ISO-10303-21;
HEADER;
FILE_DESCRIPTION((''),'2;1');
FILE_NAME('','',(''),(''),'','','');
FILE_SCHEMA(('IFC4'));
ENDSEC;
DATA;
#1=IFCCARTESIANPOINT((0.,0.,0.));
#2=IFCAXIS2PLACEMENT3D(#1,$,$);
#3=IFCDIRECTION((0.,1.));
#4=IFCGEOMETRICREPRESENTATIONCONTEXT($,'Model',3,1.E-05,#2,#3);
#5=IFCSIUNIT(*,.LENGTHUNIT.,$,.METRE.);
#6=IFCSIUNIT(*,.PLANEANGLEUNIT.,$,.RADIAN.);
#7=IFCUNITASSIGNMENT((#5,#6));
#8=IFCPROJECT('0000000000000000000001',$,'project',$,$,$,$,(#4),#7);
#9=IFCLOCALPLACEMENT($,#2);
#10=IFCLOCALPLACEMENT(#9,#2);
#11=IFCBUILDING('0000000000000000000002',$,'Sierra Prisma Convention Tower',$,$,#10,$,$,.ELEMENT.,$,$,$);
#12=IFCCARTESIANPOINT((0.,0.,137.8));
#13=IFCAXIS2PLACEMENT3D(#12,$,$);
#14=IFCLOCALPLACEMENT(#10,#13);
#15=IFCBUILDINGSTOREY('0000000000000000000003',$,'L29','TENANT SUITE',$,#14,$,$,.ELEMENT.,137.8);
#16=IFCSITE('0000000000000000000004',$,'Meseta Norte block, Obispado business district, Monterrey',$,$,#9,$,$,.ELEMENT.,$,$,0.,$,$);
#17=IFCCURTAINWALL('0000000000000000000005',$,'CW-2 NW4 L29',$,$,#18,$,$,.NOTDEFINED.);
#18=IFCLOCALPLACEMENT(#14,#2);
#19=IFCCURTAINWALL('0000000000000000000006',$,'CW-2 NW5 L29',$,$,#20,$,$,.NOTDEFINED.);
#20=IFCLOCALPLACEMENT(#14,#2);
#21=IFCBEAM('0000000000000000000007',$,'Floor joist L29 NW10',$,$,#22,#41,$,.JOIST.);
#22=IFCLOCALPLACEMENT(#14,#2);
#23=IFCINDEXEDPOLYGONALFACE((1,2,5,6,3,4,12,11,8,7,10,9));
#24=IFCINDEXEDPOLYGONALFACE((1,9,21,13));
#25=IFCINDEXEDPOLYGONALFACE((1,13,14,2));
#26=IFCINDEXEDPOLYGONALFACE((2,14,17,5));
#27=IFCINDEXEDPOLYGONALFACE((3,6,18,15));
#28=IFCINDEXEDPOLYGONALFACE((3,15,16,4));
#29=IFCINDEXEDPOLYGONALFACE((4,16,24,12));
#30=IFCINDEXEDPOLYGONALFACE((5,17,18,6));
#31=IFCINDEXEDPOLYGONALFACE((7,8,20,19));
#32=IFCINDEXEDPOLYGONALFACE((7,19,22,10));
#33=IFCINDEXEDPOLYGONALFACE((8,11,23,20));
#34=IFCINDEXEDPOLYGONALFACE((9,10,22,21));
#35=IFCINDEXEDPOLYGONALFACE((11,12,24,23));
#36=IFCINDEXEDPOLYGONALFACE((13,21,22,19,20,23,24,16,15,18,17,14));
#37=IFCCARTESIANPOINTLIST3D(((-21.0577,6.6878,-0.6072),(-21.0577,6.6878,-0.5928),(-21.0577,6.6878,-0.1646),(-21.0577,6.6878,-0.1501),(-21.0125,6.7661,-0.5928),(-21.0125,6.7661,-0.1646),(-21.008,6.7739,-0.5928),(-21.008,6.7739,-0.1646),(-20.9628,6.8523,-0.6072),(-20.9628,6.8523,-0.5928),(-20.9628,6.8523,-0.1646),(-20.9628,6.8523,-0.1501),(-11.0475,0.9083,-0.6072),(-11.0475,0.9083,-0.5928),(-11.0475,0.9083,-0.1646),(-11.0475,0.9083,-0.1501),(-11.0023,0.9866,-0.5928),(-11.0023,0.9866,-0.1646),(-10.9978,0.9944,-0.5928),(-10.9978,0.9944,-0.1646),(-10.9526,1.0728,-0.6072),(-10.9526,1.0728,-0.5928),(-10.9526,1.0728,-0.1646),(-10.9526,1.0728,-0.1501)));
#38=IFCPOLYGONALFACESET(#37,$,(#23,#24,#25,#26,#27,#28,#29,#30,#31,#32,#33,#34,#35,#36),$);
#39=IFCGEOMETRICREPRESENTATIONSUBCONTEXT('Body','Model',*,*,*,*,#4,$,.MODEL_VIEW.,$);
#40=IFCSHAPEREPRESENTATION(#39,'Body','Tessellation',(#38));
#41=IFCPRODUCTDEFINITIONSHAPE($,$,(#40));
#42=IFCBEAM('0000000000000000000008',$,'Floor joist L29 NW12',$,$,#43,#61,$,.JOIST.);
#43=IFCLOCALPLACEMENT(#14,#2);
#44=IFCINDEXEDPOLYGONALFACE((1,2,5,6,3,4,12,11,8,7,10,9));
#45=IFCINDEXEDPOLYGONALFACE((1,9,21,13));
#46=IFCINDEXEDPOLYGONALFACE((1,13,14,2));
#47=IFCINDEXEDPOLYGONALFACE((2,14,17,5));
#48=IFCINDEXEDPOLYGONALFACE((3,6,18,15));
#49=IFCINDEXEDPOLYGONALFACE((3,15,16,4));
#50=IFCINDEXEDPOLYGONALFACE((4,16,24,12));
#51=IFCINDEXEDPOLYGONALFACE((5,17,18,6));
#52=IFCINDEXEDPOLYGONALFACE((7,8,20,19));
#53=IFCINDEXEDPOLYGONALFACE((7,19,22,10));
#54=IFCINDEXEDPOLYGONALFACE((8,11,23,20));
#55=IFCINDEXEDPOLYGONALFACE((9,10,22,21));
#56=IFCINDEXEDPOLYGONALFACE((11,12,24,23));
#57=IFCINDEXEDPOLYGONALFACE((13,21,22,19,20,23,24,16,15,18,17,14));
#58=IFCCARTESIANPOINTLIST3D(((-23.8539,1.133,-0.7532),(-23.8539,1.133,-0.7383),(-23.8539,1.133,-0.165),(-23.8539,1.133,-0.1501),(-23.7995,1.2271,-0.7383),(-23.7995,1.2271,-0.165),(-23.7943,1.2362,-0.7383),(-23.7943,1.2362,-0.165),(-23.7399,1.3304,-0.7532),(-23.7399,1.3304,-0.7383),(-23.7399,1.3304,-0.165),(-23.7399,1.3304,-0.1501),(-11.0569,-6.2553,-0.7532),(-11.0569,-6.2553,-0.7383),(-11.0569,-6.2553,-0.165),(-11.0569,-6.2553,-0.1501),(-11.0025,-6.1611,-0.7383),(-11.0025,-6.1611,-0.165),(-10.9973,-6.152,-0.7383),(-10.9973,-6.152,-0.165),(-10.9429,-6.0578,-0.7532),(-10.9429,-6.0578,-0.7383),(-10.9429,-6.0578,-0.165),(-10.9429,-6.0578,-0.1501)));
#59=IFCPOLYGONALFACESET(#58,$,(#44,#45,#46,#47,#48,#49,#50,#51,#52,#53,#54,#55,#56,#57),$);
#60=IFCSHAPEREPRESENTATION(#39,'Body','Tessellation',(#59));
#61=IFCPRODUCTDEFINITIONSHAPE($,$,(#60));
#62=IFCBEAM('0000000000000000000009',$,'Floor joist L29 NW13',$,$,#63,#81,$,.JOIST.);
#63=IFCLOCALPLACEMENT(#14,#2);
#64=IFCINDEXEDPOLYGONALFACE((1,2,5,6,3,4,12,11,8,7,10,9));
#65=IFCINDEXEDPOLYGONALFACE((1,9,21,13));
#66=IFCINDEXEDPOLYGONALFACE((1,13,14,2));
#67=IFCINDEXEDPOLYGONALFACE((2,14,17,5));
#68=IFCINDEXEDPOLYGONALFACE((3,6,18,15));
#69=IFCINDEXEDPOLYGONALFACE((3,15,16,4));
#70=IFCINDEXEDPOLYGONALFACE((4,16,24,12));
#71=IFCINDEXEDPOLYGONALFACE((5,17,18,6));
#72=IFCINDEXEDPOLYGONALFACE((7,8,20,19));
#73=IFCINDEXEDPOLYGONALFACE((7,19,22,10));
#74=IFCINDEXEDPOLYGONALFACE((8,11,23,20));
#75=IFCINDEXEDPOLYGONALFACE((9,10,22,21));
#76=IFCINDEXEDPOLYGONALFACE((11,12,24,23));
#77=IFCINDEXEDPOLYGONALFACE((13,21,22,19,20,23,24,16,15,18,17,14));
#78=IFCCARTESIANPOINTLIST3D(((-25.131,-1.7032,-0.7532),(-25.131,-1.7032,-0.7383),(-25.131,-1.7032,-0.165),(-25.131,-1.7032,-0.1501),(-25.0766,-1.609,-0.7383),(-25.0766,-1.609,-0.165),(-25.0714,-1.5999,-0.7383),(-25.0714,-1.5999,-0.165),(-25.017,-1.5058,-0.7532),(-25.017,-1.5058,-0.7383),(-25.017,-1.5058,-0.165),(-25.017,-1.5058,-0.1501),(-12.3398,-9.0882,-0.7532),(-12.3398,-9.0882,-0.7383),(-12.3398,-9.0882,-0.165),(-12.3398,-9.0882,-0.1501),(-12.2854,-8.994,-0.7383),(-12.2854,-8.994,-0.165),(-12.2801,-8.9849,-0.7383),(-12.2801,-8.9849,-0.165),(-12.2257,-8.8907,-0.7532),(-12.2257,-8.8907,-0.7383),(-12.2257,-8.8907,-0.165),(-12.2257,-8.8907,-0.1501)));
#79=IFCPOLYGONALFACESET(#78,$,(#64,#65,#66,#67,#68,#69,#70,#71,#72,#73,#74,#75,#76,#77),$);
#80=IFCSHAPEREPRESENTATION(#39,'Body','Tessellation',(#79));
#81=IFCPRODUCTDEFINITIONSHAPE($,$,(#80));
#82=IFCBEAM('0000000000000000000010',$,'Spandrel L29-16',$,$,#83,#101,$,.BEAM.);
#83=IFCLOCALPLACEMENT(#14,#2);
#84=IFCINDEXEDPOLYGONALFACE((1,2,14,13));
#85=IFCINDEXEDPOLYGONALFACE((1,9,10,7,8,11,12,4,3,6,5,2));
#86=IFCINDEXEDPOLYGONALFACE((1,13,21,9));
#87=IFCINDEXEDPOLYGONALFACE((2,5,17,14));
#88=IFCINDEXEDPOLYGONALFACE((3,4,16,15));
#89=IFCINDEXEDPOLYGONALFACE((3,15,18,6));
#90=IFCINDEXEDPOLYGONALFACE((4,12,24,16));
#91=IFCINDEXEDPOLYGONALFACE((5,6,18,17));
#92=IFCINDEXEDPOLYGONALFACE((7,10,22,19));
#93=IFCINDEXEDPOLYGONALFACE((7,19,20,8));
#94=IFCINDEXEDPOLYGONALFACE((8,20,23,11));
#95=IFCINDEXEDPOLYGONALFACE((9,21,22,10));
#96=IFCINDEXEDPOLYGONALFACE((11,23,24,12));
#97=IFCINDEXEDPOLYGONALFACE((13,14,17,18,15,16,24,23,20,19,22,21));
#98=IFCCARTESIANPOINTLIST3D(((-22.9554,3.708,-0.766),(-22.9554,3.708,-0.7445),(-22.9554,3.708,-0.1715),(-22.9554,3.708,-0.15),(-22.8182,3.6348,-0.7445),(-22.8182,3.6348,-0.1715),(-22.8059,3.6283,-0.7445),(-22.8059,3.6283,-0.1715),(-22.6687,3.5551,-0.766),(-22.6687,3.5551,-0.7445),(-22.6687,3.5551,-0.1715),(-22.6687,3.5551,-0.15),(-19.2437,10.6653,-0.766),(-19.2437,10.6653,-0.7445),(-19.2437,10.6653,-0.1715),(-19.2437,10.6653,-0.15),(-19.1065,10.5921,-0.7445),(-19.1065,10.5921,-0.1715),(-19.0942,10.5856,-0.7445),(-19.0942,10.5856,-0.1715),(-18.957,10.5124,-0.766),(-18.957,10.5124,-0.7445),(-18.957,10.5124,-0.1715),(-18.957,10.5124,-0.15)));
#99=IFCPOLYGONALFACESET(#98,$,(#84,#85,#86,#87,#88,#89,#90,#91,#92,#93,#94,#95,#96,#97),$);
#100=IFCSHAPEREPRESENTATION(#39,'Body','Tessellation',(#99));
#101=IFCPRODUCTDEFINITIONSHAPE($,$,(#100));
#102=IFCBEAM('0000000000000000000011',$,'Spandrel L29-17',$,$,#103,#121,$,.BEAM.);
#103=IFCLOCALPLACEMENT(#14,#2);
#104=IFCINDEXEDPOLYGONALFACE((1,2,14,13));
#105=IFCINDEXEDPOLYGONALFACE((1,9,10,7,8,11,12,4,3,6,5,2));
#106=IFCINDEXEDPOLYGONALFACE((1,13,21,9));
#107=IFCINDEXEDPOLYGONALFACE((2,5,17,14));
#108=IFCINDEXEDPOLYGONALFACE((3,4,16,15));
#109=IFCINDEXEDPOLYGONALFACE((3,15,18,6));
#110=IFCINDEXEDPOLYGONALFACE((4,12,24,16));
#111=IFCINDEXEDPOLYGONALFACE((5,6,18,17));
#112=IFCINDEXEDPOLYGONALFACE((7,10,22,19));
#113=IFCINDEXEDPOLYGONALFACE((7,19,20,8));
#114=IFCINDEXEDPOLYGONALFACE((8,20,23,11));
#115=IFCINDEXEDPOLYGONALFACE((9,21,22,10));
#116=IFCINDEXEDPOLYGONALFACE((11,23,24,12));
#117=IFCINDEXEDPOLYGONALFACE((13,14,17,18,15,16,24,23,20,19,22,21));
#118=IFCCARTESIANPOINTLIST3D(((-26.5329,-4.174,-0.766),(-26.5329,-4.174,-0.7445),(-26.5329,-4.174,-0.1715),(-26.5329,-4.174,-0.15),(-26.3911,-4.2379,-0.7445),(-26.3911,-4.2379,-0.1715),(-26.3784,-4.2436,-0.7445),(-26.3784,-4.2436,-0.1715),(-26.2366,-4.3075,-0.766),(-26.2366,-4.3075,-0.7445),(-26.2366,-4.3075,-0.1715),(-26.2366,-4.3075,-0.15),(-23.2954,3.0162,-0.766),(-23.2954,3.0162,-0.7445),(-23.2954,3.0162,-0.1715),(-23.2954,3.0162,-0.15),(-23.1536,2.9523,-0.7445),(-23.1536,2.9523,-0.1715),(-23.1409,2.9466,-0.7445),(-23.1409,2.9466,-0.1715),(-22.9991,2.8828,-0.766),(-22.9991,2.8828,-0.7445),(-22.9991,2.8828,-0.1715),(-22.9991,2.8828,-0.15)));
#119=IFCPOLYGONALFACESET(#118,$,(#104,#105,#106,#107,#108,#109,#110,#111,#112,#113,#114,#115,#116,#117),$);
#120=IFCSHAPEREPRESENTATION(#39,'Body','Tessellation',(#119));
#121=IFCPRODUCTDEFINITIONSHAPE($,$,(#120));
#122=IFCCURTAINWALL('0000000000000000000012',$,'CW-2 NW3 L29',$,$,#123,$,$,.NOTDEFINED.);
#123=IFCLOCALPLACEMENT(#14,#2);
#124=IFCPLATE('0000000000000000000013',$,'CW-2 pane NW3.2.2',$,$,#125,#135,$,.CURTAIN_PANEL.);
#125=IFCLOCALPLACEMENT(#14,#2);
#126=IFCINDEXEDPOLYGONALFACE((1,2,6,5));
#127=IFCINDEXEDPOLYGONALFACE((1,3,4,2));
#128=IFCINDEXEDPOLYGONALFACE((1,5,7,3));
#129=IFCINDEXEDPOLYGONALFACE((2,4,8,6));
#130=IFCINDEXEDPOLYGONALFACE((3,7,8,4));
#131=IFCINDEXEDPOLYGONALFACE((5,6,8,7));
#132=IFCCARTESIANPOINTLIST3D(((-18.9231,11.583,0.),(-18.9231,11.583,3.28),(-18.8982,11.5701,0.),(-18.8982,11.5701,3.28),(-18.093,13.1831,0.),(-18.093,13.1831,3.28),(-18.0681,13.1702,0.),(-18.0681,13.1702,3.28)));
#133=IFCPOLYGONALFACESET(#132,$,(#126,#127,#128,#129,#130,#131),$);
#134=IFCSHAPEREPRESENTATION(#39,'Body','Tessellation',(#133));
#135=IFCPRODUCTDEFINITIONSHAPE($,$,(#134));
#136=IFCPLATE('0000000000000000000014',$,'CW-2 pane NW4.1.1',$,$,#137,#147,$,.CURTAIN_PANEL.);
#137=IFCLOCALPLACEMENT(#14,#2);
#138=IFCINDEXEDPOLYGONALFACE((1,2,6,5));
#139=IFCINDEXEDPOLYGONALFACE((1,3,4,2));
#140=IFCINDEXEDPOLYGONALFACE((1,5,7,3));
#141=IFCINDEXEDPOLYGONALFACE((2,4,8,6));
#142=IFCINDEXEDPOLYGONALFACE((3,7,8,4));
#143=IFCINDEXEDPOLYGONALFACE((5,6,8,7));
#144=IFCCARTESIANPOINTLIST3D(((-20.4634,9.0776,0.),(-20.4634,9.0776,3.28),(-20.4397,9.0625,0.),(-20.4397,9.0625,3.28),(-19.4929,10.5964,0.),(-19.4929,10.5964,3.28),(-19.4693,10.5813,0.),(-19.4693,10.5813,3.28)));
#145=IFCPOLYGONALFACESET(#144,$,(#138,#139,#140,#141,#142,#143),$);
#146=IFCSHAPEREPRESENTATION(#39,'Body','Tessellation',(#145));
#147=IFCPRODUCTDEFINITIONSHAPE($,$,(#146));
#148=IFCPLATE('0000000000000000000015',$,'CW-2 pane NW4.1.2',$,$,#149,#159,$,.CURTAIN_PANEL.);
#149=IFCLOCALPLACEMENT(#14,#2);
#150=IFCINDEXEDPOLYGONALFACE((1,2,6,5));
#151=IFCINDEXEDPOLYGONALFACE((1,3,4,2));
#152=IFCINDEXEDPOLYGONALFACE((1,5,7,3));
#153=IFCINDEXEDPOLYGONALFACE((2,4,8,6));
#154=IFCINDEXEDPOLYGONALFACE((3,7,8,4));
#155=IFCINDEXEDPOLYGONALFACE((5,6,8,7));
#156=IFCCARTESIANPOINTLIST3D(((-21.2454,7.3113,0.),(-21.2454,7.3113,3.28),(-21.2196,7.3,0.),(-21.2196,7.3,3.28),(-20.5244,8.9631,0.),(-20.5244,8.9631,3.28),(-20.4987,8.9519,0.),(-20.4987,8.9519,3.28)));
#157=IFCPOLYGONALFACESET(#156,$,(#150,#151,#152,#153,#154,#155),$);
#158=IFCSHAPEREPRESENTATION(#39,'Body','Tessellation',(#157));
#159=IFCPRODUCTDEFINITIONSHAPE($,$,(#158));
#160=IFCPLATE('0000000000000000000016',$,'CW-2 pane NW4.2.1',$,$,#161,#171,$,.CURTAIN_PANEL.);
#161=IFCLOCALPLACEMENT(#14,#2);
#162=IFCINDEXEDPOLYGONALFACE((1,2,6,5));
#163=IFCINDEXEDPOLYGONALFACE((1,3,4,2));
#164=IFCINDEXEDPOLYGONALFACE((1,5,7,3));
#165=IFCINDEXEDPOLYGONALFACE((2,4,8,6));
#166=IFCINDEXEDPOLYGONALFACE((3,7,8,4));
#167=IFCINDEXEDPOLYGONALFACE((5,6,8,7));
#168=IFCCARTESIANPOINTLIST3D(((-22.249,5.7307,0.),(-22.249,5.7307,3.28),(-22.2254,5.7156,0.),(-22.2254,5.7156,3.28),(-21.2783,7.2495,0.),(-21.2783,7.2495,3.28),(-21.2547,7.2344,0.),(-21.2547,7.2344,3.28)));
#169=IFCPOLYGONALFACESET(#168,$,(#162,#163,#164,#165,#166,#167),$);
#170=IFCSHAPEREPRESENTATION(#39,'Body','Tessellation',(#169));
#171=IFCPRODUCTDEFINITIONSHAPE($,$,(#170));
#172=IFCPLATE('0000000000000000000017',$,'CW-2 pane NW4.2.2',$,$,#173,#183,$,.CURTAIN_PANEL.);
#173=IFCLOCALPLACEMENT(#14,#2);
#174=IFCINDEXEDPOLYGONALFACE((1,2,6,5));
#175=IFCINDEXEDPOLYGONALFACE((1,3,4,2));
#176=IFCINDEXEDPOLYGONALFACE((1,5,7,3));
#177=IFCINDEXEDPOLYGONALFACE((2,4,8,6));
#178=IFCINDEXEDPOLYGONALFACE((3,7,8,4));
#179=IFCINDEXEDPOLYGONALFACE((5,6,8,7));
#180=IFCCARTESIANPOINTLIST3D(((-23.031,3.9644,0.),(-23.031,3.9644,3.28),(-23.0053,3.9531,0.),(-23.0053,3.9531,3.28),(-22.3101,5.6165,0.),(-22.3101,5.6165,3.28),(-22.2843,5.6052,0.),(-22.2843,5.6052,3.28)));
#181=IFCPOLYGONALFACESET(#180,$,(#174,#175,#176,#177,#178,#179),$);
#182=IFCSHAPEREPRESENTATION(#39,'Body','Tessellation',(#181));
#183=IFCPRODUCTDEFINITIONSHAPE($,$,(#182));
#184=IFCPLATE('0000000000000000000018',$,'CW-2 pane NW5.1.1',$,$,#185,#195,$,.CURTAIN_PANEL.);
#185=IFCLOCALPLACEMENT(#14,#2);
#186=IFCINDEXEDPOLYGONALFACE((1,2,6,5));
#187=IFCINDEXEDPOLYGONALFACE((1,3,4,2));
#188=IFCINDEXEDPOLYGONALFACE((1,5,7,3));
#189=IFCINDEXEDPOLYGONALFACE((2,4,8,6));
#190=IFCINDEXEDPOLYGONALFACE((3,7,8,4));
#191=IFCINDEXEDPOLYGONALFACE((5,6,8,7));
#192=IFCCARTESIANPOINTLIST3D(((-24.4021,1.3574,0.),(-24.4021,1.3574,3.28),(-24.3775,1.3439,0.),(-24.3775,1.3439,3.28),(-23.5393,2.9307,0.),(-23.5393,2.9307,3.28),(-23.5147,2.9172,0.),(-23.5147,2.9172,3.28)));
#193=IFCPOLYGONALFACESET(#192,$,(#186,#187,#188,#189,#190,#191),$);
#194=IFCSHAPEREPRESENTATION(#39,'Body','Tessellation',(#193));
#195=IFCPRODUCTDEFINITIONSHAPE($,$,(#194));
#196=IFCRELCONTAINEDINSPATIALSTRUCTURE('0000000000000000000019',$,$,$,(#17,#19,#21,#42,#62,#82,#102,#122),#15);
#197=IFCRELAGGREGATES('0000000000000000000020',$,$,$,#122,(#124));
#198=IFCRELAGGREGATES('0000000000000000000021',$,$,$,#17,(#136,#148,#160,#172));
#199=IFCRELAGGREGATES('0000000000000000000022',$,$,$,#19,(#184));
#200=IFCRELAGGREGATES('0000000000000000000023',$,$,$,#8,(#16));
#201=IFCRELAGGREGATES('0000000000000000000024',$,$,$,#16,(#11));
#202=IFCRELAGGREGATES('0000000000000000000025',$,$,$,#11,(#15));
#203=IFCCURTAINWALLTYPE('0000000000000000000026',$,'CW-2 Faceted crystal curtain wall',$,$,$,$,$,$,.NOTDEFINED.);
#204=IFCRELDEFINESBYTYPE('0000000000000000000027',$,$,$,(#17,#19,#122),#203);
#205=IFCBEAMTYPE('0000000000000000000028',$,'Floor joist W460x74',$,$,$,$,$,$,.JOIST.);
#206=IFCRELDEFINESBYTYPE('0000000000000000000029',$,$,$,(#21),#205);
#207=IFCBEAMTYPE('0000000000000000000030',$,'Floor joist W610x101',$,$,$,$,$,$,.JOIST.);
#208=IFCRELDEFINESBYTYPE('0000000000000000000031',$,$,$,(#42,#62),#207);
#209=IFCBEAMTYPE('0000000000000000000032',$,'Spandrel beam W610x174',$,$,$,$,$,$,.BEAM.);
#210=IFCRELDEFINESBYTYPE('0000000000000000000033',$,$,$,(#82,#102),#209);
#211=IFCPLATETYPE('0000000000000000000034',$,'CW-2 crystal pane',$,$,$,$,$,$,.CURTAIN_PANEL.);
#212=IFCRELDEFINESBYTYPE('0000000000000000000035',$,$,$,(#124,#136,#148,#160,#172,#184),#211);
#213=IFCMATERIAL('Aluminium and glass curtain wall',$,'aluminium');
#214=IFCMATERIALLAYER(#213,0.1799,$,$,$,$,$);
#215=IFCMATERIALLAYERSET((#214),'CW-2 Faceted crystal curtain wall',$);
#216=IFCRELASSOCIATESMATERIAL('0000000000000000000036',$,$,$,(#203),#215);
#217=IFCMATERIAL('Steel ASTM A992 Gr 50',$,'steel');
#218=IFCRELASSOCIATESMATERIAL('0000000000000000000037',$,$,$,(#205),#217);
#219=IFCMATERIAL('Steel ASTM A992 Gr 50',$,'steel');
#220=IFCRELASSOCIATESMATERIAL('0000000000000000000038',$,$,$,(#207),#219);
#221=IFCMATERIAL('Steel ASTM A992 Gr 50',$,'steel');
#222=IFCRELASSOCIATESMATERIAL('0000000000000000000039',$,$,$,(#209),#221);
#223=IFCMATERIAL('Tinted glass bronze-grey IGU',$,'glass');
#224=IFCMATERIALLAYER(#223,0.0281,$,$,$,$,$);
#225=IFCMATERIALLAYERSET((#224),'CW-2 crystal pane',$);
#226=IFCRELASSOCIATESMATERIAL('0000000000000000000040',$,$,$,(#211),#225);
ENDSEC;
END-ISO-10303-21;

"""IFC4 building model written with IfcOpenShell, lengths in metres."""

from ifc_helpers import new_model, si_unit, direction, frame, origin, origin_2d, place, context, subcontext, project, spatial, polyline, i_section, outline, extrude, material, layer, layer_set, material_profile, profile_set, type_object, element, aggregate, save


model = new_model("IFC4")

# Units and contexts
model_context = context("Model", 3, precision=1e-05, world=origin(), true_north=direction((0.0, 1.0)))
body_context = subcontext(model_context, "Body", "Model", "MODEL_VIEW")
ifc_project = project(units=[si_unit("LENGTHUNIT", "METRE"), si_unit("PLANEANGLEUNIT", "RADIAN")], contexts=[model_context])

# Site, building, storey
site_placement = place(None, origin())
site = spatial("IfcSite", under=ifc_project, at=site_placement, Name="Meseta Norte block, Obispado business district, Monterrey", CompositionType="ELEMENT", RefElevation=0.0)
building_placement = place(site_placement, origin())
building = spatial("IfcBuilding", under=site, at=building_placement, Name="Sierra Prisma Convention Tower", CompositionType="ELEMENT")
storey_placement = place(building_placement, frame((0.0, 0.0, 137.8)))
storey = spatial("IfcBuildingStorey", under=building, at=storey_placement, Name="L29", Description="TENANT SUITE", CompositionType="ELEMENT", Elevation=137.8)

# Curtain wall
ifc_material_1 = material(Name="Aluminium and glass curtain wall", Category="aluminium")
ifc_layer_1 = layer(ifc_material_1, 0.1799)
ifc_layer_set_1 = layer_set([ifc_layer_1], Name="CW-2 Faceted crystal curtain wall")
curtain_wall_type = type_object("IfcCurtainWallType", Name="CW-2 Faceted crystal curtain wall", PredefinedType="NOTDEFINED", material=ifc_layer_set_1)
curtain_wall_1_placement = place(storey_placement, origin())
curtain_wall_1 = element("IfcCurtainWall", 1, at=curtain_wall_1_placement, inside=storey, type_object=curtain_wall_type, Name="CW-2 NW4 L29", PredefinedType="NOTDEFINED")

# Curtain wall
curtain_wall_2_placement = place(storey_placement, origin())
curtain_wall_2 = element("IfcCurtainWall", 2, at=curtain_wall_2_placement, inside=storey, type_object=curtain_wall_type, Name="CW-2 NW5 L29", PredefinedType="NOTDEFINED")

# Beams
ifc_material_2 = material(Name="Steel ASTM A992 Gr 50", Category="steel")
ifc_material_profile_1 = material_profile(ifc_material_2, i_section(OverallWidth=0.1899, OverallDepth=0.457, WebThickness=0.009, FlangeThickness=0.0144, at=origin_2d()), Name="W460x74")
ifc_profile_set_1 = profile_set([ifc_material_profile_1], Name="Steel ASTM A992 Gr 50")
beam_type_1 = type_object("IfcBeamType", Name="Floor joist W460x74", PredefinedType="JOIST", material=ifc_profile_set_1)
beam_1_placement = place(storey_placement, frame((-21.0103, 6.77, -0.3787), z_axis=(0.866021, -0.500008, 0.0), x_axis=(0.500008, 0.866021, 0.0)))
element("IfcBeam", 3, at=beam_1_placement, inside=storey, type_object=beam_type_1, Name="Floor joist L29 NW10", PredefinedType="JOIST", context=body_context, shape_type="SweptSolid", body=[
    extrude(i_section(OverallWidth=0.1899, OverallDepth=0.457, WebThickness=0.009, FlangeThickness=0.0144, at=origin_2d()), origin(), (0.0, 0.0, 1.0), 11.5588),
])
ifc_material_3 = material(Name="Steel ASTM A992 Gr 50", Category="steel")
ifc_material_profile_2 = material_profile(ifc_material_3, i_section(OverallWidth=0.228, OverallDepth=0.603, WebThickness=0.0105, FlangeThickness=0.0149, at=origin_2d()), Name="W610x101")
ifc_profile_set_2 = profile_set([ifc_material_profile_2], Name="Steel ASTM A992 Gr 50")
beam_type_2 = type_object("IfcBeamType", Name="Floor joist W610x101", PredefinedType="JOIST", material=ifc_profile_set_2)
beam_2_placement = place(storey_placement, frame((-23.7969, 1.2317, -0.4517), z_axis=(0.866028, -0.499995, 0.0), x_axis=(0.499995, 0.866028, 0.0)))
element("IfcBeam", 4, at=beam_2_placement, inside=storey, type_object=beam_type_2, Name="Floor joist L29 NW12", PredefinedType="JOIST", context=body_context, shape_type="SweptSolid", body=[
    extrude(i_section(OverallWidth=0.228, OverallDepth=0.603, WebThickness=0.0105, FlangeThickness=0.0149, at=origin_2d()), origin(), (0.0, 0.0, 1.0), 14.7766),
])
beam_3_placement = place(storey_placement, frame((-25.074, -1.6045, -0.4517), z_axis=(0.866026, -0.499999, 0.0), x_axis=(0.499999, 0.866026, 0.0)))
element("IfcBeam", 5, at=beam_3_placement, inside=storey, type_object=beam_type_2, Name="Floor joist L29 NW13", PredefinedType="JOIST", context=body_context, shape_type="SweptSolid", body=[
    extrude(i_section(OverallWidth=0.228, OverallDepth=0.603, WebThickness=0.0105, FlangeThickness=0.0149, at=origin_2d()), origin(), (0.0, 0.0, 1.0), 14.77),
])
ifc_material_4 = material(Name="Steel ASTM A992 Gr 50", Category="steel")
ifc_material_profile_3 = material_profile(ifc_material_4, i_section(OverallWidth=0.325, OverallDepth=0.616, WebThickness=0.0139, FlangeThickness=0.0215, at=origin_2d()), Name="W610x174")
ifc_profile_set_3 = profile_set([ifc_material_profile_3], Name="Steel ASTM A992 Gr 50")
beam_type_3 = type_object("IfcBeamType", Name="Spandrel beam W610x174", PredefinedType="BEAM", material=ifc_profile_set_3)
for number, where, z_axis, x_axis, name in (
    (6, (-19.1003, 10.5889, -0.458), (-0.470699, -0.882294, 0.0), (0.882294, -0.470699, 0.0), "Spandrel L29-16"),
    (7, (-23.1472, 2.9495, -0.458), (-0.410572, -0.911828, 0.0), (0.911828, -0.410572, 0.0), "Spandrel L29-17"),
):
    element("IfcBeam", number, at=place(storey_placement, frame(where, z_axis=z_axis, x_axis=x_axis)), inside=storey, type_object=beam_type_3, Name=name, PredefinedType="BEAM", context=body_context, shape_type="SweptSolid", body=[
        extrude(i_section(OverallWidth=0.325, OverallDepth=0.616, WebThickness=0.0139, FlangeThickness=0.0215, at=origin_2d()), origin(), (0.0, 0.0, 1.0), 7.8855),
    ])

# Curtain wall, plate
curtain_wall_3_placement = place(storey_placement, origin())
curtain_wall_3 = element("IfcCurtainWall", 8, at=curtain_wall_3_placement, inside=storey, type_object=curtain_wall_type, Name="CW-2 NW3 L29", PredefinedType="NOTDEFINED")
ifc_material_5 = material(Name="Tinted glass bronze-grey IGU", Category="glass")
ifc_layer_2 = layer(ifc_material_5, 0.0281)
ifc_layer_set_2 = layer_set([ifc_layer_2], Name="CW-2 crystal pane")
plate_type = type_object("IfcPlateType", Name="CW-2 crystal pane", PredefinedType="CURTAIN_PANEL", material=ifc_layer_set_2)
plate_1_placement = place(storey_placement, frame((-18.9231, 11.583, 0.0), z_axis=(-0.887664, 0.460491, 0.0), x_axis=(0.460491, 0.887664, 0.0)))
plate_1 = element("IfcPlate", 9, at=plate_1_placement, type_object=plate_type, Name="CW-2 pane NW3.2.2", PredefinedType="CURTAIN_PANEL", context=body_context, shape_type="SweptSolid", body=[
    extrude(outline(polyline([(0.0, 0.0), (1.8026, 0.0), (1.8026, -3.28), (0.0, -3.28), (0.0, 0.0)])), origin(), (0.0, 0.0, -1.0), 0.0281),
])
aggregate(curtain_wall_3, [plate_1])

# Plates
plate_2_placement = place(storey_placement, frame((-19.4929, 10.5964, 0.0), z_axis=(-0.842667, 0.538435, 0.0), x_axis=(-0.538435, -0.842667, 0.0)))
plate_2 = element("IfcPlate", 10, at=plate_2_placement, type_object=plate_type, Name="CW-2 pane NW4.1.1", PredefinedType="CURTAIN_PANEL", context=body_context, shape_type="SweptSolid", body=[
    extrude(outline(polyline([(0.0, 0.0), (1.8024, 0.0), (1.8024, 3.28), (0.0, 3.28), (0.0, 0.0)])), origin(), (0.0, 0.0, -1.0), 0.0281),
])
plate_3_placement = place(storey_placement, frame((-21.2454, 7.3113, 0.0), z_axis=(-0.916511, 0.400009, 0.0), x_axis=(0.400009, 0.916511, 0.0)))
plate_3 = element("IfcPlate", 11, at=plate_3_placement, type_object=plate_type, Name="CW-2 pane NW4.1.2", PredefinedType="CURTAIN_PANEL", context=body_context, shape_type="SweptSolid", body=[
    extrude(outline(polyline([(0.0, 0.0), (1.8023, 0.0), (1.8023, -3.28), (0.0, -3.28), (0.0, 0.0)])), origin(), (0.0, 0.0, -1.0), 0.0281),
])
plate_4_placement = place(storey_placement, frame((-21.2783, 7.2495, 0.0), z_axis=(-0.842606, 0.538531, 0.0), x_axis=(-0.538531, -0.842606, 0.0)))
plate_4 = element("IfcPlate", 12, at=plate_4_placement, type_object=plate_type, Name="CW-2 pane NW4.2.1", PredefinedType="CURTAIN_PANEL", context=body_context, shape_type="SweptSolid", body=[
    extrude(outline(polyline([(0.0, 0.0), (1.8025, 0.0), (1.8025, 3.28), (0.0, 3.28), (0.0, 0.0)])), origin(), (0.0, 0.0, -1.0), 0.0281),
])
plate_5_placement = place(storey_placement, frame((-23.031, 3.9644, 0.0), z_axis=(-0.916533, 0.399959, 0.0), x_axis=(0.399959, 0.916533, 0.0)))
plate_5 = element("IfcPlate", 13, at=plate_5_placement, type_object=plate_type, Name="CW-2 pane NW4.2.2", PredefinedType="CURTAIN_PANEL", context=body_context, shape_type="SweptSolid", body=[
    extrude(outline(polyline([(0.0, 0.0), (1.8026, 0.0), (1.8026, -3.28), (0.0, -3.28), (0.0, 0.0)])), origin(), (0.0, 0.0, -1.0), 0.0281),
])
aggregate(curtain_wall_1, [plate_2, plate_3, plate_4, plate_5])
plate_6_placement = place(storey_placement, frame((-23.5393, 2.9307, 0.0), z_axis=(-0.876801, 0.480853, 0.0), x_axis=(-0.480853, -0.876801, 0.0)))
plate_6 = element("IfcPlate", 14, at=plate_6_placement, type_object=plate_type, Name="CW-2 pane NW5.1.1", PredefinedType="CURTAIN_PANEL", context=body_context, shape_type="SweptSolid", body=[
    extrude(outline(polyline([(0.0, 0.0), (1.7943, 0.0), (1.7943, 3.28), (0.0, 3.28), (0.0, 0.0)])), origin(), (0.0, 0.0, -1.0), 0.0281),
])
aggregate(curtain_wall_2, [plate_6])

save(model, "model.ifc")
